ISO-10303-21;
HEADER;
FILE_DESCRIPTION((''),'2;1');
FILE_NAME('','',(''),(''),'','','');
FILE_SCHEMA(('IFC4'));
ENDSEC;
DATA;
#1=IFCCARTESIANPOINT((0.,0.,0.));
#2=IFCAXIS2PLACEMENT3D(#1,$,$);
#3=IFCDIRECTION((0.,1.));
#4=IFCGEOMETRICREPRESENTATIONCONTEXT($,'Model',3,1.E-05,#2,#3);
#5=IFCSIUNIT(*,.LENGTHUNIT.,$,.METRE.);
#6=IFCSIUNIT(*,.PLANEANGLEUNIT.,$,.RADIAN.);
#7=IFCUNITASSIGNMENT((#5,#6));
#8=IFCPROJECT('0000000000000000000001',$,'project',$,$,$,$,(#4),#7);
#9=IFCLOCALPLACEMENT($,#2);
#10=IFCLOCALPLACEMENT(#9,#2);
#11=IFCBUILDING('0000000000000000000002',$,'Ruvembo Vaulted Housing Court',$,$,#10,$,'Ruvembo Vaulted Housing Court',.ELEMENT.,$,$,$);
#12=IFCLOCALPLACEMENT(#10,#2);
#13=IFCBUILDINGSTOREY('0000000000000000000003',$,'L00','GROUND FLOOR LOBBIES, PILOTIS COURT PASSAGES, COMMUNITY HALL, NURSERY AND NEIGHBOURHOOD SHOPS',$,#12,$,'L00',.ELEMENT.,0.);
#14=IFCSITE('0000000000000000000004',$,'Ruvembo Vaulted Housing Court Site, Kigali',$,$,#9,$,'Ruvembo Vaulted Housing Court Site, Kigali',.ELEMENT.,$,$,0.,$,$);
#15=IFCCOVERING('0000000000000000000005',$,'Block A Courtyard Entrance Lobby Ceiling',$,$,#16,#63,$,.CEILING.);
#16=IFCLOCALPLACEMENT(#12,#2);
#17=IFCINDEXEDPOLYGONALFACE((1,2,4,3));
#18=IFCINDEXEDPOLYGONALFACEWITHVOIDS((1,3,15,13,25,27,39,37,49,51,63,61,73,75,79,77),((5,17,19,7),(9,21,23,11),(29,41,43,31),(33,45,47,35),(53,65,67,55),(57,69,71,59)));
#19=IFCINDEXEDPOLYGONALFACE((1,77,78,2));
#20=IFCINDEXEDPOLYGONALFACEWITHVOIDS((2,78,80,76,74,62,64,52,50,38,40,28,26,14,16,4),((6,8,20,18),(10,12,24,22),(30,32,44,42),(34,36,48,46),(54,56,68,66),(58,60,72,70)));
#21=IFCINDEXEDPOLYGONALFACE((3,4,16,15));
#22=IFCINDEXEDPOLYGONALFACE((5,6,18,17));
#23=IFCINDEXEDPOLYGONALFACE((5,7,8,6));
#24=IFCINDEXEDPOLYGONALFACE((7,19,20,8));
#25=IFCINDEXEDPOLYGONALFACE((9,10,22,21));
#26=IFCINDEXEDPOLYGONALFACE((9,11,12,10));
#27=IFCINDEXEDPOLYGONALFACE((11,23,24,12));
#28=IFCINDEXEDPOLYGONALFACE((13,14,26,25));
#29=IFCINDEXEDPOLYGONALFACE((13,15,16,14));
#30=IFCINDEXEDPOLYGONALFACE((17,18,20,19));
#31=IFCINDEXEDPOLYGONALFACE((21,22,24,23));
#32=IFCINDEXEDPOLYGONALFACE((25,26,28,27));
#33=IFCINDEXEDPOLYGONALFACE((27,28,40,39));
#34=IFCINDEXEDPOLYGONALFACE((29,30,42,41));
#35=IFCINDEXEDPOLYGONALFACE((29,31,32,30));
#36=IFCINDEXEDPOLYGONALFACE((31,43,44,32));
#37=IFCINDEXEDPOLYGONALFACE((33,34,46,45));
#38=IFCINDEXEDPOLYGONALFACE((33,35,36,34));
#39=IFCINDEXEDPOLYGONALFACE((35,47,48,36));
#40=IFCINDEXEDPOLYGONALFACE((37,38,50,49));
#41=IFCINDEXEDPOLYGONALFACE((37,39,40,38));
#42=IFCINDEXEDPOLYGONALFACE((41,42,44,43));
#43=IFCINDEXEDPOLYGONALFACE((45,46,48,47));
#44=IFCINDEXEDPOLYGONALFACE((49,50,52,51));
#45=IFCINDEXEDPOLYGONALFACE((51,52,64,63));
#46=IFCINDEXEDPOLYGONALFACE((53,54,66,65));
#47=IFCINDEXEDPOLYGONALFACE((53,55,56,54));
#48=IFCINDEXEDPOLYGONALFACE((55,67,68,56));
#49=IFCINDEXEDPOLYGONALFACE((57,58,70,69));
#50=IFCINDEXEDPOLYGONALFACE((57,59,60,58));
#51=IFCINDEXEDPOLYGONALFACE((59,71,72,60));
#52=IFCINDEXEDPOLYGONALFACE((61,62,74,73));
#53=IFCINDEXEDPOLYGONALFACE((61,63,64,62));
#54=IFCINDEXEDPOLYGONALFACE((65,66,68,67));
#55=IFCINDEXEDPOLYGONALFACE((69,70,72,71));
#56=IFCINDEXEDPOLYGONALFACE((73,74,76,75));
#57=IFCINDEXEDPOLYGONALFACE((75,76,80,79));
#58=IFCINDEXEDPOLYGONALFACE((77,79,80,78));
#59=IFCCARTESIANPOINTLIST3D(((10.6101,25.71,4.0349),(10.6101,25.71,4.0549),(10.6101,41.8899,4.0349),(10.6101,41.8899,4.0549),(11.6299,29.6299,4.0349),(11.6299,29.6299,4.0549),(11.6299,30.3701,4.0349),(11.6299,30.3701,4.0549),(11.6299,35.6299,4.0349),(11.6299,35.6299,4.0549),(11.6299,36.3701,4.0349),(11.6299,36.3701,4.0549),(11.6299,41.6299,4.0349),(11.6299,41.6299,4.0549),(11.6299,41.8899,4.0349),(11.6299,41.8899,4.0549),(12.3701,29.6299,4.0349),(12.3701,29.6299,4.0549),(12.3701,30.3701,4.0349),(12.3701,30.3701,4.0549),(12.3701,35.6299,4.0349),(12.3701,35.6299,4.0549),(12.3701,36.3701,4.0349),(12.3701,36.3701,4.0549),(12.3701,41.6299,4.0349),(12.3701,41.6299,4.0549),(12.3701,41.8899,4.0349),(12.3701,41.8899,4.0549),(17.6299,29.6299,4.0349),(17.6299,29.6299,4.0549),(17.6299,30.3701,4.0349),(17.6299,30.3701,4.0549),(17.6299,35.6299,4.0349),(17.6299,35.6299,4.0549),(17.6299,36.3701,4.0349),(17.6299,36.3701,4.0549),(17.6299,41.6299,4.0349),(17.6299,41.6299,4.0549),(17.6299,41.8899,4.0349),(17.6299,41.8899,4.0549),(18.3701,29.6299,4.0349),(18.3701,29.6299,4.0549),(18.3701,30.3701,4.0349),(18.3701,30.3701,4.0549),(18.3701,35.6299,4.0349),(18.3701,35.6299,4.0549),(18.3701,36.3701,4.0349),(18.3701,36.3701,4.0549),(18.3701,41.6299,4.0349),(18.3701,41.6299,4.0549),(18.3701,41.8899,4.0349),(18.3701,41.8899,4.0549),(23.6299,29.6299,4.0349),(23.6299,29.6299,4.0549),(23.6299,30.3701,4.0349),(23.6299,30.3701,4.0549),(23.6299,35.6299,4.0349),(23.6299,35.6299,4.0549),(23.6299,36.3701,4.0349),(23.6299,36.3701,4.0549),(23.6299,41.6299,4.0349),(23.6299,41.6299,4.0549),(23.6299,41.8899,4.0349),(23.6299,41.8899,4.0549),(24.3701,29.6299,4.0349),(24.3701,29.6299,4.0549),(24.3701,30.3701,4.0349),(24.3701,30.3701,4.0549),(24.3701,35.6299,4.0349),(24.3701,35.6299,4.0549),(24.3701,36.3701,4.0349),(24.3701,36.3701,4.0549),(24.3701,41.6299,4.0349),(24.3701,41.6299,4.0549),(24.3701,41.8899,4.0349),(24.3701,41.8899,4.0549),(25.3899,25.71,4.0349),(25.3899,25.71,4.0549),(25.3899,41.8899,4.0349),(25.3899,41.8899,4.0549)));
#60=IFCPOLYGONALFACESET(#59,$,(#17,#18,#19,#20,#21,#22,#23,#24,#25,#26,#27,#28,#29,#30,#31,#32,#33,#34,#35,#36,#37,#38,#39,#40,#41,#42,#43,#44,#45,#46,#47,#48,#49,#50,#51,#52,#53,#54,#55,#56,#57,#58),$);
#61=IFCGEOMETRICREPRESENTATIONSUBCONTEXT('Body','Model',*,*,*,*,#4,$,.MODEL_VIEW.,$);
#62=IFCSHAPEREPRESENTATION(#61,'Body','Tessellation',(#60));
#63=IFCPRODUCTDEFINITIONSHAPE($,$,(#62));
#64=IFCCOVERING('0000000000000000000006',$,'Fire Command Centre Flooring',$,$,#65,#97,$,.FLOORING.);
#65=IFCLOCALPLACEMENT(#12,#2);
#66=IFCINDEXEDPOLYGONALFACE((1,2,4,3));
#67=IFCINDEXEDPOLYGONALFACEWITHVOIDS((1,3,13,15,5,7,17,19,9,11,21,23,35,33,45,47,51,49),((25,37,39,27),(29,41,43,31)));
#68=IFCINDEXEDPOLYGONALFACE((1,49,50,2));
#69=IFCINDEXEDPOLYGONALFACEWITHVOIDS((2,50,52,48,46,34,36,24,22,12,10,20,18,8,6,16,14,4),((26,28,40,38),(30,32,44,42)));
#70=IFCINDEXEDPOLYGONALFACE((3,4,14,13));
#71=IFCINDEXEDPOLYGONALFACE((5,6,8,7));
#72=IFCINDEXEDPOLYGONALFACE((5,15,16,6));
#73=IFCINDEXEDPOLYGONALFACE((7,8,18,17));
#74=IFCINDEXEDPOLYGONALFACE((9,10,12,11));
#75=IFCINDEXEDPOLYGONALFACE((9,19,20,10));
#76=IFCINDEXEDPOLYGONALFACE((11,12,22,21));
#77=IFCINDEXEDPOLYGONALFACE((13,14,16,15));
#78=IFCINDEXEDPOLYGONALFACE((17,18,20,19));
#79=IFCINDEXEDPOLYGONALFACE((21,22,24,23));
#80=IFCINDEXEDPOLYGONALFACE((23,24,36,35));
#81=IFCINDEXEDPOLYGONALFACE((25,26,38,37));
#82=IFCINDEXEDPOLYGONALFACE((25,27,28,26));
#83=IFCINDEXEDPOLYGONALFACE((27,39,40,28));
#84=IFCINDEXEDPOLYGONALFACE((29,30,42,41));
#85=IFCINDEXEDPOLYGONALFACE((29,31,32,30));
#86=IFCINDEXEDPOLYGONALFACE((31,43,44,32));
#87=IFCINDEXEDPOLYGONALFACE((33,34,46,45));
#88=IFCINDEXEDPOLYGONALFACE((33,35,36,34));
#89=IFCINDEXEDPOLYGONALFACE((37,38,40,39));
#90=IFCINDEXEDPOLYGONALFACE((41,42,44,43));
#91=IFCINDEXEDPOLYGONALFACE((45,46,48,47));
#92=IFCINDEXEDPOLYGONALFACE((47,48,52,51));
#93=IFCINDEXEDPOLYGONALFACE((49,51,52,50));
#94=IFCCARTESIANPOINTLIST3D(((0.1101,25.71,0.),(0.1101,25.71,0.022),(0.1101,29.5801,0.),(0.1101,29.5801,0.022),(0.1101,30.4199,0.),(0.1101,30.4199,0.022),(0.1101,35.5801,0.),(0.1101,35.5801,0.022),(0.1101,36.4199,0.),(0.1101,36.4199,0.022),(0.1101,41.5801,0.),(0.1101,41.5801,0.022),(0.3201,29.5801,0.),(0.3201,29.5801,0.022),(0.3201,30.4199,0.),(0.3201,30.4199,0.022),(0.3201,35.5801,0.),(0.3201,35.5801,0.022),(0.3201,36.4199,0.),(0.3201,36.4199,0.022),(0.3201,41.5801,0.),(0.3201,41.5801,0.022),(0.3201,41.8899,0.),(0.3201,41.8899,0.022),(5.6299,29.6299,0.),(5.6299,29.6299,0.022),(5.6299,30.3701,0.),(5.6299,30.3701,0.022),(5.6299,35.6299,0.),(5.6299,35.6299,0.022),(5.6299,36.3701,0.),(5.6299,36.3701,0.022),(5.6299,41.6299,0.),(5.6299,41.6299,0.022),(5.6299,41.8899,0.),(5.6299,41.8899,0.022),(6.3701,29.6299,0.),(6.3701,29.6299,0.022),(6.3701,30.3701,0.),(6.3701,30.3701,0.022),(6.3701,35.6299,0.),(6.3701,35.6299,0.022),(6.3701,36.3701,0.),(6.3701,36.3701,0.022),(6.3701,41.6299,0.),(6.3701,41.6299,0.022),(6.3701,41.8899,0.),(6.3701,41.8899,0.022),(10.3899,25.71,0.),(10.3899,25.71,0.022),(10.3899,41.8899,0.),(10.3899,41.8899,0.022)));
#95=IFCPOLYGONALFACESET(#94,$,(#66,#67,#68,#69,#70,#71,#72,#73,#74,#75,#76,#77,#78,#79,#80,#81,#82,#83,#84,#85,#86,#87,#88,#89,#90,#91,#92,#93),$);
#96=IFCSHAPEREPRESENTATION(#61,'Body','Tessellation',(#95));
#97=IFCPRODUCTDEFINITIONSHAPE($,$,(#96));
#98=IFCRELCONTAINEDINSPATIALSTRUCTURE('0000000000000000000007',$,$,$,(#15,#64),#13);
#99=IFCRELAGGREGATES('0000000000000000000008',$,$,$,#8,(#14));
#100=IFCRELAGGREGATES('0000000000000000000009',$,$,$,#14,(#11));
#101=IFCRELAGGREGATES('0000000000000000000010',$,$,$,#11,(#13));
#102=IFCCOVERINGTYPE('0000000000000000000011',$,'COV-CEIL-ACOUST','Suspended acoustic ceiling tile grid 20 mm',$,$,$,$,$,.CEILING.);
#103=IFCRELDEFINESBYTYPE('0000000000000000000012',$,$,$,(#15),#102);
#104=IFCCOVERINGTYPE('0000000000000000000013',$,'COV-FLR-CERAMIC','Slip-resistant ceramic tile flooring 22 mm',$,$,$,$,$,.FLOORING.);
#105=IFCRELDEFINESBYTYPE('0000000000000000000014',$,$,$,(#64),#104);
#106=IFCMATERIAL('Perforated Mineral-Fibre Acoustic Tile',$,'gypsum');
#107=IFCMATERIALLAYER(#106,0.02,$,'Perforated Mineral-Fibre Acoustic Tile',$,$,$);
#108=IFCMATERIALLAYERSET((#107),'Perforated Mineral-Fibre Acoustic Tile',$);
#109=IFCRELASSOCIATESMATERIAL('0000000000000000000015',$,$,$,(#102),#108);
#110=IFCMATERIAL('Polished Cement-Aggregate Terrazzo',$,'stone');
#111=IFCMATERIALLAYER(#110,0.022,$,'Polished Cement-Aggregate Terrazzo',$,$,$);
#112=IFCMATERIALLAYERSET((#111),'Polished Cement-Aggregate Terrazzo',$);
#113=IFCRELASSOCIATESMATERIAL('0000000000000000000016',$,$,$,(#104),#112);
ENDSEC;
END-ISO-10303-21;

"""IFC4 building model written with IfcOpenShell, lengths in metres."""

from ifc_helpers import new_model, si_unit, direction, frame, origin, place, context, subcontext, project, spatial, polyline, outline, extrude, material, layer, layer_set, type_object, element, save


model = new_model("IFC4")

# Units and contexts
model_context = context("Model", 3, precision=1e-05, world=origin(), true_north=direction((0.0, 1.0)))
body_context = subcontext(model_context, "Body", "Model", "MODEL_VIEW")
ifc_project = project(units=[si_unit("LENGTHUNIT", "METRE"), si_unit("PLANEANGLEUNIT", "RADIAN")], contexts=[model_context])

# Site, building, storey
site_placement = place(None, origin())
site = spatial("IfcSite", under=ifc_project, at=site_placement, Name="Ruvembo Vaulted Housing Court Site, Kigali", LongName="Ruvembo Vaulted Housing Court Site, Kigali", CompositionType="ELEMENT", RefElevation=0.0)
building_placement = place(site_placement, origin())
building = spatial("IfcBuilding", under=site, at=building_placement, Name="Ruvembo Vaulted Housing Court", LongName="Ruvembo Vaulted Housing Court", CompositionType="ELEMENT")
storey_placement = place(building_placement, origin())
storey = spatial("IfcBuildingStorey", under=building, at=storey_placement, Name="L00", Description="GROUND FLOOR LOBBIES, PILOTIS COURT PASSAGES, COMMUNITY HALL, NURSERY AND NEIGHBOURHOOD SHOPS", LongName="L00", CompositionType="ELEMENT", Elevation=0.0)

# Coverings
ifc_material_1 = material(Name="Perforated Mineral-Fibre Acoustic Tile", Category="gypsum")
ifc_layer_1 = layer(ifc_material_1, 0.02, Name="Perforated Mineral-Fibre Acoustic Tile")
ifc_layer_set_1 = layer_set([ifc_layer_1], Name="Perforated Mineral-Fibre Acoustic Tile")
covering_type_1 = type_object("IfcCoveringType", Name="COV-CEIL-ACOUST", Description="Suspended acoustic ceiling tile grid 20 mm", PredefinedType="CEILING", material=ifc_layer_set_1)
covering_1_placement = place(storey_placement, frame((0.0, 0.0, 4.0349)))
element("IfcCovering", 1, at=covering_1_placement, inside=storey, type_object=covering_type_1, Name="Block A Courtyard Entrance Lobby Ceiling", PredefinedType="CEILING", context=body_context, shape_type="SweptSolid", body=[
    extrude(outline(polyline([(11.6299, 41.6299), (11.6299, 41.8899), (10.6101, 41.8899), (10.6101, 25.71), (25.3899, 25.71), (25.3899, 41.8899), (24.3701, 41.8899), (24.3701, 41.6299), (23.6299, 41.6299), (23.6299, 41.8899), (18.3701, 41.8899), (18.3701, 41.6299), (17.6299, 41.6299), (17.6299, 41.8899), (12.3701, 41.8899), (12.3701, 41.6299), (11.6299, 41.6299)]), holes=[polyline([(24.3701, 29.6299), (24.3701, 30.3701), (23.6299, 30.3701), (23.6299, 29.6299), (24.3701, 29.6299)]), polyline([(17.6299, 29.6299), (18.3701, 29.6299), (18.3701, 30.3701), (17.6299, 30.3701), (17.6299, 29.6299)]), polyline([(12.3701, 29.6299), (12.3701, 30.3701), (11.6299, 30.3701), (11.6299, 29.6299), (12.3701, 29.6299)]), polyline([(12.3701, 35.6299), (12.3701, 36.3701), (11.6299, 36.3701), (11.6299, 35.6299), (12.3701, 35.6299)]), polyline([(17.6299, 35.6299), (18.3701, 35.6299), (18.3701, 36.3701), (17.6299, 36.3701), (17.6299, 35.6299)]), polyline([(24.3701, 35.6299), (24.3701, 36.3701), (23.6299, 36.3701), (23.6299, 35.6299), (24.3701, 35.6299)])]), origin(), (0.0, 0.0, 1.0), 0.02),
])
ifc_material_2 = material(Name="Polished Cement-Aggregate Terrazzo", Category="stone")
ifc_layer_2 = layer(ifc_material_2, 0.022, Name="Polished Cement-Aggregate Terrazzo")
ifc_layer_set_2 = layer_set([ifc_layer_2], Name="Polished Cement-Aggregate Terrazzo")
covering_type_2 = type_object("IfcCoveringType", Name="COV-FLR-CERAMIC", Description="Slip-resistant ceramic tile flooring 22 mm", PredefinedType="FLOORING", material=ifc_layer_set_2)
covering_2_placement = place(storey_placement, origin())
element("IfcCovering", 2, at=covering_2_placement, inside=storey, type_object=covering_type_2, Name="Fire Command Centre Flooring", PredefinedType="FLOORING", context=body_context, shape_type="SweptSolid", body=[
    extrude(outline(polyline([(0.3201, 30.4199), (0.3201, 29.5801), (0.1101, 29.5801), (0.1101, 25.71), (10.3899, 25.71), (10.3899, 41.8899), (6.3701, 41.8899), (6.3701, 41.6299), (5.6299, 41.6299), (5.6299, 41.8899), (0.3201, 41.8899), (0.3201, 41.5801), (0.1101, 41.5801), (0.1101, 36.4199), (0.3201, 36.4199), (0.3201, 35.5801), (0.1101, 35.5801), (0.1101, 30.4199), (0.3201, 30.4199)]), holes=[polyline([(5.6299, 29.6299), (6.3701, 29.6299), (6.3701, 30.3701), (5.6299, 30.3701), (5.6299, 29.6299)]), polyline([(5.6299, 35.6299), (6.3701, 35.6299), (6.3701, 36.3701), (5.6299, 36.3701), (5.6299, 35.6299)])]), origin(), (0.0, 0.0, 1.0), 0.022),
])

save(model, "model.ifc")
